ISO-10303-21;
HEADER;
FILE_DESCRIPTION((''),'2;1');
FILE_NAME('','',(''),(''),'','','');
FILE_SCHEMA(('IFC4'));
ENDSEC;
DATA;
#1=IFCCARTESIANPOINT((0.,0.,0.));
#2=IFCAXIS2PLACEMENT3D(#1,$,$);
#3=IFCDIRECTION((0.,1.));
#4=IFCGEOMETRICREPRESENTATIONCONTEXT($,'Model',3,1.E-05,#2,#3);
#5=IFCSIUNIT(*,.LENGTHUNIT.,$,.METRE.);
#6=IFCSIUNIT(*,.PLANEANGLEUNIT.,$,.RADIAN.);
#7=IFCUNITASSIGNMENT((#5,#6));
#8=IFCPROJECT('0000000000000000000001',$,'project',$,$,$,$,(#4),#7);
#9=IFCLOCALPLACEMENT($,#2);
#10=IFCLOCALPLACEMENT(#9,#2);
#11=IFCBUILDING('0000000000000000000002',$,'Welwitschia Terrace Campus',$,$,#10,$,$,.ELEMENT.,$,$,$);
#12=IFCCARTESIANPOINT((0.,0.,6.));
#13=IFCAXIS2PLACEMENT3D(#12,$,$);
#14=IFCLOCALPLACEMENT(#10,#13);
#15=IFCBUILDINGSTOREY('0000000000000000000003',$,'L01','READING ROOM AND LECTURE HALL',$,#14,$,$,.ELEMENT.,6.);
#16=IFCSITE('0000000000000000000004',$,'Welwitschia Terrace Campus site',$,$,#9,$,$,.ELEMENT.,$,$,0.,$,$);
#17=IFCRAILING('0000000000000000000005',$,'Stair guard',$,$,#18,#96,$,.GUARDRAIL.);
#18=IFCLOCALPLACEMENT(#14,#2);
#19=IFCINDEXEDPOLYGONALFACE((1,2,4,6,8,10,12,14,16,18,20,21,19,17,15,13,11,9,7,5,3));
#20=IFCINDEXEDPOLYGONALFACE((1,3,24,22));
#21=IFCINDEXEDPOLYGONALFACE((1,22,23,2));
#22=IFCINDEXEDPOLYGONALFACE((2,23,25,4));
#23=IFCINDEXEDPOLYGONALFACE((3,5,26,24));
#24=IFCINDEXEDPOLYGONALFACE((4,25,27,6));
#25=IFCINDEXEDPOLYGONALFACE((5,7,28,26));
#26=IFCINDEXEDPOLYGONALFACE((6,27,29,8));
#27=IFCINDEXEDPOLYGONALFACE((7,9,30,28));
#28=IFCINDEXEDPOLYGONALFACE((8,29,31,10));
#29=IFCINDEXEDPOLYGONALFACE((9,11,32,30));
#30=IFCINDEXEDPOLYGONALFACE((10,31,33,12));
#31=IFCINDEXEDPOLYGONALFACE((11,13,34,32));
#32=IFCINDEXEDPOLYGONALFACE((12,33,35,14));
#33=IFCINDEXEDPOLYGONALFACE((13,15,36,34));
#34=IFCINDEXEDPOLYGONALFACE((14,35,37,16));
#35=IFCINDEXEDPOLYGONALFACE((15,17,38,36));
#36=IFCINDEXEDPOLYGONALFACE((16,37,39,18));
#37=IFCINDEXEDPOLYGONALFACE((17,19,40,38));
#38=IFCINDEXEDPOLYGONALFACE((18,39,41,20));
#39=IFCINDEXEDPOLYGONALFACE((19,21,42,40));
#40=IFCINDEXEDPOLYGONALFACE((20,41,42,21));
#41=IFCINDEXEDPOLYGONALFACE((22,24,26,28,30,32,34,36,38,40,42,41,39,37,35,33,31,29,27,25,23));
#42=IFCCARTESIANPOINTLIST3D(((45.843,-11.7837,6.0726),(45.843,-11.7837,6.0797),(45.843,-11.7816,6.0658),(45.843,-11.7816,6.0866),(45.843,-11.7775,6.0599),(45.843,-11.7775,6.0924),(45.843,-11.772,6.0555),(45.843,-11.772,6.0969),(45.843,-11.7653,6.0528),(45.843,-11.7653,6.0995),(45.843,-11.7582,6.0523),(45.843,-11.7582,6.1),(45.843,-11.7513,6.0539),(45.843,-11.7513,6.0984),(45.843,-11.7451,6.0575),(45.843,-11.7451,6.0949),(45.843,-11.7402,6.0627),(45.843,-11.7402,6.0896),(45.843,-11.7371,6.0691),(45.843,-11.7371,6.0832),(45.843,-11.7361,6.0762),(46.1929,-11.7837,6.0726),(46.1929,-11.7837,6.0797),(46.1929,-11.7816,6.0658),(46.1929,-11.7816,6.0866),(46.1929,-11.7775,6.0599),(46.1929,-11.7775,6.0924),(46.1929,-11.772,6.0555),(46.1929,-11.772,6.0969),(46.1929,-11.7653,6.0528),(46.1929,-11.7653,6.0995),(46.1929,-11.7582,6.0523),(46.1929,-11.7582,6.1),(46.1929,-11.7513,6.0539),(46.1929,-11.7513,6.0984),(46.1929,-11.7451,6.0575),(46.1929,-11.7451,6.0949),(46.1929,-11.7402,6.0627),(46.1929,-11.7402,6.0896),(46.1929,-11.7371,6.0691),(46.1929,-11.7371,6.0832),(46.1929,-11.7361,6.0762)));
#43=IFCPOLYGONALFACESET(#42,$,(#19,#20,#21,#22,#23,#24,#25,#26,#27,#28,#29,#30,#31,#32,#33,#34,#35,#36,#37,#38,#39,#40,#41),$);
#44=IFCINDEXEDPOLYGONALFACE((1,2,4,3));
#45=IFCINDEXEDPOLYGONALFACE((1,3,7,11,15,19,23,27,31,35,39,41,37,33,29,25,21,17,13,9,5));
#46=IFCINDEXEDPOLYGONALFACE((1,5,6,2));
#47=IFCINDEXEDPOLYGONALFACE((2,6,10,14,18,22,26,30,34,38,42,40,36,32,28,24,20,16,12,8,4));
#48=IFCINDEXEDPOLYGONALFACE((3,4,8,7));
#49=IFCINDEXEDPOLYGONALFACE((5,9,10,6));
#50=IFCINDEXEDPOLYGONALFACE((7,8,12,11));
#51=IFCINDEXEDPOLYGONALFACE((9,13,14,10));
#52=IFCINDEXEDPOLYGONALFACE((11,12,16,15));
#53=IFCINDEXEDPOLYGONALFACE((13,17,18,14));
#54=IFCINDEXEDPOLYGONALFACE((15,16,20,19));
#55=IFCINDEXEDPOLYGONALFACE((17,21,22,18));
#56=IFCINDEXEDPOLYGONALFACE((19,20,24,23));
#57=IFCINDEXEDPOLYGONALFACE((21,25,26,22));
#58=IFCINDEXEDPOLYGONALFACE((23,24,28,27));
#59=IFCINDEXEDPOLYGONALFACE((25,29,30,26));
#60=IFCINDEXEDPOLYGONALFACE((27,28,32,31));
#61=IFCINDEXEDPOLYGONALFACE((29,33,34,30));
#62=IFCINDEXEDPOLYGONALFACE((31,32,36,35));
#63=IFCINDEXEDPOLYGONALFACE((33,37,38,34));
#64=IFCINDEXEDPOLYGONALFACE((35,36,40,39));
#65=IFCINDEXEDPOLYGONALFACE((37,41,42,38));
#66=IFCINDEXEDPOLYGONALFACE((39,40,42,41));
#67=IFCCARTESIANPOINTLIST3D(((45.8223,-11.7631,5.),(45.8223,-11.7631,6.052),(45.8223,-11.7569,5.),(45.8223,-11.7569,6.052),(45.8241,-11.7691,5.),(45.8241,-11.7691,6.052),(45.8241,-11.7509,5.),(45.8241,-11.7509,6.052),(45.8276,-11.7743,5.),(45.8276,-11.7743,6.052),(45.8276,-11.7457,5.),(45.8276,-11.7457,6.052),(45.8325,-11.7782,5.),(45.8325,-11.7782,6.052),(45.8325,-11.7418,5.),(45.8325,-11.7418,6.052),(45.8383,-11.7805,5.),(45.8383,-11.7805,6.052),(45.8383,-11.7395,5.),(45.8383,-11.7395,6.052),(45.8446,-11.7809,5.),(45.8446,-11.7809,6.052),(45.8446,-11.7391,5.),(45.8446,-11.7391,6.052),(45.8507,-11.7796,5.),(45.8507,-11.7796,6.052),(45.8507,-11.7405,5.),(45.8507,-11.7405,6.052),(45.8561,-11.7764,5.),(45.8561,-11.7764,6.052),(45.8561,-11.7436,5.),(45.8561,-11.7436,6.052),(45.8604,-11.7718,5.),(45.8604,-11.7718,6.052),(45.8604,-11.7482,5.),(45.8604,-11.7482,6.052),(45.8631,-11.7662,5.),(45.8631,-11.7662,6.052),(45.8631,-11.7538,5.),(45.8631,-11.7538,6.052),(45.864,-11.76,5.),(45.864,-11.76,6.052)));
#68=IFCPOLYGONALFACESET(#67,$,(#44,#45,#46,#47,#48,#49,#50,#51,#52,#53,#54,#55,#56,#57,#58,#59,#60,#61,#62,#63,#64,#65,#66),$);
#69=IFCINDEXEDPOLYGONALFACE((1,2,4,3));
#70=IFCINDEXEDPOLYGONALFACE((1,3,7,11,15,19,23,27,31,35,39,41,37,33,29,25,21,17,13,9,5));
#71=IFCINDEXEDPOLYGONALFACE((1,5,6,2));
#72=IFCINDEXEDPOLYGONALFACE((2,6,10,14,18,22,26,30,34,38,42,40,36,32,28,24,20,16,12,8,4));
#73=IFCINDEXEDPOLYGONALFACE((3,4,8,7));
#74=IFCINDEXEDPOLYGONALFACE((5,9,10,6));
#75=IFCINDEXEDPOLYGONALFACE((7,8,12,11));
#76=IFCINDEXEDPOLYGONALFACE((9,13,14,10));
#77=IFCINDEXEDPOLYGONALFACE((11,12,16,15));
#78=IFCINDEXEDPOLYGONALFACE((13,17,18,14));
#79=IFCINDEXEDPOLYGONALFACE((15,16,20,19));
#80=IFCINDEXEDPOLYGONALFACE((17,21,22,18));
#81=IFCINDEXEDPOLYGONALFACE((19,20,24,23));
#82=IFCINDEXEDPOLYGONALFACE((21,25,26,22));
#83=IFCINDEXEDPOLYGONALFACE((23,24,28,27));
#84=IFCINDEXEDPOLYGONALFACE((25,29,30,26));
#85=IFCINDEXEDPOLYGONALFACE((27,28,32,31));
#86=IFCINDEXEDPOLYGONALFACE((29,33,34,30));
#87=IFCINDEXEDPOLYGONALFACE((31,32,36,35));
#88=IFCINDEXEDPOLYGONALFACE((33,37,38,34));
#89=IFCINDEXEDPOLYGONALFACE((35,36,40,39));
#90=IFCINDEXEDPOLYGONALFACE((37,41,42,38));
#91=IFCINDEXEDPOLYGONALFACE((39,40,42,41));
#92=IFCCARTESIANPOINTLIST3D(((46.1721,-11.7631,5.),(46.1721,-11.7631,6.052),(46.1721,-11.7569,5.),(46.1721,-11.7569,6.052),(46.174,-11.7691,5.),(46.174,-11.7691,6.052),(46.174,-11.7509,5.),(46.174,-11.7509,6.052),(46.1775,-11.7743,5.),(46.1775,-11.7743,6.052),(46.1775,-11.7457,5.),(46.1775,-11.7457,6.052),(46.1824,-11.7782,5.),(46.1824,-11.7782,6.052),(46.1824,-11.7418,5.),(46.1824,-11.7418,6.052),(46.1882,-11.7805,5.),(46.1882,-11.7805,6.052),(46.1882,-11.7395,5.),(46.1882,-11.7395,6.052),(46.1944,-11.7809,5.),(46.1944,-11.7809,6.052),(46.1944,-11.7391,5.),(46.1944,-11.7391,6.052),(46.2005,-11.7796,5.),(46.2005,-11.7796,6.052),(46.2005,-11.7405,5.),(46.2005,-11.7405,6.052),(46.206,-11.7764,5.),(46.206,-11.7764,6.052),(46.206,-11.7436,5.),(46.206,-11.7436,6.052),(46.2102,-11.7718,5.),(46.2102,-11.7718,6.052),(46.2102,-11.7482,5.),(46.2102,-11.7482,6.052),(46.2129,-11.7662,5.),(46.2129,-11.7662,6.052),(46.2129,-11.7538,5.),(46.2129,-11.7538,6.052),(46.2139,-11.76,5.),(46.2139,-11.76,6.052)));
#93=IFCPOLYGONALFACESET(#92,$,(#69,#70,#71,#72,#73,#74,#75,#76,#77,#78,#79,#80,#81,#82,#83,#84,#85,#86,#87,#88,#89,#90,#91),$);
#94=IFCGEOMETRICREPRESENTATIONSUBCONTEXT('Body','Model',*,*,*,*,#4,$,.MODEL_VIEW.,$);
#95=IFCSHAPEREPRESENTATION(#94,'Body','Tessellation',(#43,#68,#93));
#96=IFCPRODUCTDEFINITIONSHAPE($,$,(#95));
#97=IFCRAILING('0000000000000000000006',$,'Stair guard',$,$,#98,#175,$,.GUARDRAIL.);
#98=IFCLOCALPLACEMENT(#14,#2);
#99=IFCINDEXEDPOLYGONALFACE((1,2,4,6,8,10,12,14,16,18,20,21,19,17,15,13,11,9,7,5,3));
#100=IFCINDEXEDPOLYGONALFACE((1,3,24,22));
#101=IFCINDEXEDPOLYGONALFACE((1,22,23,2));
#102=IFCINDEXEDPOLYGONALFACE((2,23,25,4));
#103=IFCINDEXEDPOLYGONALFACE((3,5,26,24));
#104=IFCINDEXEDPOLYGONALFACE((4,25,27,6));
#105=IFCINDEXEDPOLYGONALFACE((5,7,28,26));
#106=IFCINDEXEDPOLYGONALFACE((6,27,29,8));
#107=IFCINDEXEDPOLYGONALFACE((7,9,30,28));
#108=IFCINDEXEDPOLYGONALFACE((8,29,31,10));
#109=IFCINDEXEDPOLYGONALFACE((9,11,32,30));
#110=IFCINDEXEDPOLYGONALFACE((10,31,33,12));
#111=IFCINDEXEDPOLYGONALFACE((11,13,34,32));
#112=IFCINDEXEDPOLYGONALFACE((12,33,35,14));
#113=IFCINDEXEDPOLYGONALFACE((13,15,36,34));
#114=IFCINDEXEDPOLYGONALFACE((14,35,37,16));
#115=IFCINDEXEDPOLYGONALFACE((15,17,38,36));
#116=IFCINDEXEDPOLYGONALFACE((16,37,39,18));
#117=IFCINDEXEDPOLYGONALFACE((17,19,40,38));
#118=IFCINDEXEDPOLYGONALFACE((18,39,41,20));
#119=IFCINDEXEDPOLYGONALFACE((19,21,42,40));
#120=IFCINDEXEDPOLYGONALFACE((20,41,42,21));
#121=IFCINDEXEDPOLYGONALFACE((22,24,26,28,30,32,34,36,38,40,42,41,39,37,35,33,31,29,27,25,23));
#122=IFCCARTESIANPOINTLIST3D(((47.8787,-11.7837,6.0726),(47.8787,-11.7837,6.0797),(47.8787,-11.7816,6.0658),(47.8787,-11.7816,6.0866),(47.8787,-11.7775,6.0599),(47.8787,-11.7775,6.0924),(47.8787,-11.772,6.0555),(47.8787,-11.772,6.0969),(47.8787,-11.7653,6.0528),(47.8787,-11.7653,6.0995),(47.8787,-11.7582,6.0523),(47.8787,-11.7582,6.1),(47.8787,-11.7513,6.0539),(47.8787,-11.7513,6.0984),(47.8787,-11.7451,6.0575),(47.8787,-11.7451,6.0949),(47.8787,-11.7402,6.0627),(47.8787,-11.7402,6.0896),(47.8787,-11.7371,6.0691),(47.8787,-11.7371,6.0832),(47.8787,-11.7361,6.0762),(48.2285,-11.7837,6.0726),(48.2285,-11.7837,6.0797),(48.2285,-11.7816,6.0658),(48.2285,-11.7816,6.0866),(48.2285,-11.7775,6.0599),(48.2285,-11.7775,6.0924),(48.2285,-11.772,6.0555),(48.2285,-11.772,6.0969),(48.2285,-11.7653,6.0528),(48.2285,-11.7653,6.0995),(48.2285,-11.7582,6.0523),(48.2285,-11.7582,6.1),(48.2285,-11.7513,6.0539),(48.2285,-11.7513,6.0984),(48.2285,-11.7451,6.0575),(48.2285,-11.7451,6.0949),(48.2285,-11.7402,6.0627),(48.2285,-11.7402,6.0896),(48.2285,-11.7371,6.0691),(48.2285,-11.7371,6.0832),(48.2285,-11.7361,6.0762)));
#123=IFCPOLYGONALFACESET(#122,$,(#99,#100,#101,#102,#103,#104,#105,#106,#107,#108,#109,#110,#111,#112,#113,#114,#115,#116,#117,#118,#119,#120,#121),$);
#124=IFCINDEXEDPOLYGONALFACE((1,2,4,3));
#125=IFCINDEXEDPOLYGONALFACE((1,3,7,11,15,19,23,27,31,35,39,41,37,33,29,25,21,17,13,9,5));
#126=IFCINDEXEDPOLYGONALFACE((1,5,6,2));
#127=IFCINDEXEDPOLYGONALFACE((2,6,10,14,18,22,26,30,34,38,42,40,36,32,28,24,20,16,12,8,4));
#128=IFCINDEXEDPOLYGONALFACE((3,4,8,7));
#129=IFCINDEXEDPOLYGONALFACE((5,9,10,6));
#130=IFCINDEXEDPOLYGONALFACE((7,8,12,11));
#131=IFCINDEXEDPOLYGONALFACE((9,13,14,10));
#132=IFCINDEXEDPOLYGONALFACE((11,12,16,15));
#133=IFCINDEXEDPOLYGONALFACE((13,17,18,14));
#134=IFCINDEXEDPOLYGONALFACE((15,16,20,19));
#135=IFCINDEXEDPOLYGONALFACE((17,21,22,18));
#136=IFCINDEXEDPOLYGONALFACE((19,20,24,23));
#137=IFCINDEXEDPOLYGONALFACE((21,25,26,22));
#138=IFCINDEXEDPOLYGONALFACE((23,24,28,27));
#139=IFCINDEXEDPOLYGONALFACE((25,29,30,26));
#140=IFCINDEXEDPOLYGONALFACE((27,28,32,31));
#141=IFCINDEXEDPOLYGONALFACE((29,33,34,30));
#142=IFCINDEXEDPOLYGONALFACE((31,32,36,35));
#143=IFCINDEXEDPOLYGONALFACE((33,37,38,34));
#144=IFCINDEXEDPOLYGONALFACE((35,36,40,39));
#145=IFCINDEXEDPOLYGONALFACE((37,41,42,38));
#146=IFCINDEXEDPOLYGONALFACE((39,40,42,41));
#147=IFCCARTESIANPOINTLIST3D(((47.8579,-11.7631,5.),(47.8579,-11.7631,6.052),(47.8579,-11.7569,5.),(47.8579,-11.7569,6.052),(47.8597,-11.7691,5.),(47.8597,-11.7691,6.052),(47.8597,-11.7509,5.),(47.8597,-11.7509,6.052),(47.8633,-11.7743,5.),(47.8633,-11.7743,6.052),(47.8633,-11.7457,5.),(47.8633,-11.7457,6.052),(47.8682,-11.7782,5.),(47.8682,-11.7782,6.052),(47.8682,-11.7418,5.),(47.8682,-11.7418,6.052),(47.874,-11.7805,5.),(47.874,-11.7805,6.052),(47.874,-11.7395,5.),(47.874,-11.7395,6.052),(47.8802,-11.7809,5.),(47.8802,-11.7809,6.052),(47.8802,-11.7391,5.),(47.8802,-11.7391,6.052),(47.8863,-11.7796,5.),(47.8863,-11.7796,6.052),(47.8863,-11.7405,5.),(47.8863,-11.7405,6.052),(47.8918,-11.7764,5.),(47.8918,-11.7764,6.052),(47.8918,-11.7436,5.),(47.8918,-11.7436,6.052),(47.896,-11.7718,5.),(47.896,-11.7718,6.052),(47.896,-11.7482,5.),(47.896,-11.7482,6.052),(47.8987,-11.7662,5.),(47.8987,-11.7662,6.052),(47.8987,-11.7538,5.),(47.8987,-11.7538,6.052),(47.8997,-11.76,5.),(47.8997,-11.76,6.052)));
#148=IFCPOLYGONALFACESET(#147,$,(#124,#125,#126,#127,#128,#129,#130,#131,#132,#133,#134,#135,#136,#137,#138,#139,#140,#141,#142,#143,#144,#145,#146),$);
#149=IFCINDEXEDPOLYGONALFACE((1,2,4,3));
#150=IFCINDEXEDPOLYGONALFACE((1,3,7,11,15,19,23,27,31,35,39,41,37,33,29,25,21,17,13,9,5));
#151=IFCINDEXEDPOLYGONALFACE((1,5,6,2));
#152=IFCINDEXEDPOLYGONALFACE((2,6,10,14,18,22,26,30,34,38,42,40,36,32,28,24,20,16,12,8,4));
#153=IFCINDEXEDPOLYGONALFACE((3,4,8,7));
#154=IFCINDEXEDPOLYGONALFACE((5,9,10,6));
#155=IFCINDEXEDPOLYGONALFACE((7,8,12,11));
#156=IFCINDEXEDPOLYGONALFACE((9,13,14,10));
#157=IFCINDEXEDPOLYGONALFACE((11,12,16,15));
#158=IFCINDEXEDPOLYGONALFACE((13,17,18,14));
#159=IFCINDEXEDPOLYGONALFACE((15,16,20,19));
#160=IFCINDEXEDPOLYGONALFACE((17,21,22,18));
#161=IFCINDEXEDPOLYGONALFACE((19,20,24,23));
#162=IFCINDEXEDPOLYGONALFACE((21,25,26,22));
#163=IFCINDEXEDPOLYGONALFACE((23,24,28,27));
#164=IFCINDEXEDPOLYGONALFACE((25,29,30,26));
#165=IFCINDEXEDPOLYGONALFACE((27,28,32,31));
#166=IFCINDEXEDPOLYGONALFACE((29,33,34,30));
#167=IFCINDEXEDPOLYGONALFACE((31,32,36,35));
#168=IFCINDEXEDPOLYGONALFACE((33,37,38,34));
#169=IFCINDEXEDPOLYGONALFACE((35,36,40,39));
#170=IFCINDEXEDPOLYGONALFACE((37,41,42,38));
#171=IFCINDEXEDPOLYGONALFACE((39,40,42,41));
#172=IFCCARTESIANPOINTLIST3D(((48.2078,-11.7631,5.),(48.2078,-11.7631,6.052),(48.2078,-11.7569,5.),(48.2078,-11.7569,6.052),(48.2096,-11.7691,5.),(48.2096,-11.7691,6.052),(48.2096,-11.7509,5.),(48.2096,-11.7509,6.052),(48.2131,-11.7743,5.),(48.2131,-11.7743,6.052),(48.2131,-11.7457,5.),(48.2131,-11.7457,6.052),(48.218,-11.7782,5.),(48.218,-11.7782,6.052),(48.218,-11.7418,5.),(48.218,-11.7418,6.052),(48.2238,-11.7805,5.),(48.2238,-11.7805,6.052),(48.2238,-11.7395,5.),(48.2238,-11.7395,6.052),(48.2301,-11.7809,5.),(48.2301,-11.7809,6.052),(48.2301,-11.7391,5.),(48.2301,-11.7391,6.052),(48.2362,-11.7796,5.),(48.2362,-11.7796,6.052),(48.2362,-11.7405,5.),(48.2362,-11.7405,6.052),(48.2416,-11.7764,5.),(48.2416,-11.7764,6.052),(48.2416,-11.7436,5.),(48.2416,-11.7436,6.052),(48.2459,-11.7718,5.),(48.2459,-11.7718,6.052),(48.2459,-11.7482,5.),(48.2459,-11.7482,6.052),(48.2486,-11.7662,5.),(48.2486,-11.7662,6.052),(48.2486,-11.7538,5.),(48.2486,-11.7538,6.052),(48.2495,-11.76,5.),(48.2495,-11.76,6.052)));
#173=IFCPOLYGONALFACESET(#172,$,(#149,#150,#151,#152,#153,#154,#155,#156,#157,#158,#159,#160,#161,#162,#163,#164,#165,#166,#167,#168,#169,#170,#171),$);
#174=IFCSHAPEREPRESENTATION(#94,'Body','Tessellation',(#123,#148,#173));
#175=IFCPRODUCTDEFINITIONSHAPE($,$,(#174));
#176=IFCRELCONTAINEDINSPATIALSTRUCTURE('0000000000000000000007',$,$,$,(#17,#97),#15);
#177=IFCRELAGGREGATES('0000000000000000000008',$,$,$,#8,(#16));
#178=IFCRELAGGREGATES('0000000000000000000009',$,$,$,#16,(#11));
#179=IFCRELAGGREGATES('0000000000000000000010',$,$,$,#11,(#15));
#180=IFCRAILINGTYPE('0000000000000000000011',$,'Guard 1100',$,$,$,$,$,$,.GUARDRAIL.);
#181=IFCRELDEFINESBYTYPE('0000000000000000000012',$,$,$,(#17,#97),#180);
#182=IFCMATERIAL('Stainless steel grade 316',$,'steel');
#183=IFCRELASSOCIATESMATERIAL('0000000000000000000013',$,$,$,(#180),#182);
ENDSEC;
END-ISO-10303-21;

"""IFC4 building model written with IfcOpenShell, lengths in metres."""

from ifc_helpers import new_model, si_unit, direction, frame, origin, origin_2d, place, context, subcontext, project, spatial, circle, extrude, material, type_object, element, save


model = new_model("IFC4")

# Units and contexts
model_context = context("Model", 3, precision=1e-05, world=origin(), true_north=direction((0.0, 1.0)))
body_context = subcontext(model_context, "Body", "Model", "MODEL_VIEW")
ifc_project = project(units=[si_unit("LENGTHUNIT", "METRE"), si_unit("PLANEANGLEUNIT", "RADIAN")], contexts=[model_context])

# Site, building, storey
site_placement = place(None, origin())
site = spatial("IfcSite", under=ifc_project, at=site_placement, Name="Welwitschia Terrace Campus site", CompositionType="ELEMENT", RefElevation=0.0)
building_placement = place(site_placement, origin())
building = spatial("IfcBuilding", under=site, at=building_placement, Name="Welwitschia Terrace Campus", CompositionType="ELEMENT")
storey_placement = place(building_placement, frame((0.0, 0.0, 6.0)))
storey = spatial("IfcBuildingStorey", under=building, at=storey_placement, Name="L01", Description="READING ROOM AND LECTURE HALL", CompositionType="ELEMENT", Elevation=6.0)

# Railings
ifc_material_1 = material(Name="Stainless steel grade 316", Category="steel")
railing_type_1 = type_object("IfcRailingType", Name="Guard 1100", PredefinedType="GUARDRAIL", material=ifc_material_1)
for number, where, name in (
    (1, (45.843, -11.76, 5.0), "Stair guard"),
    (2, (47.8787, -11.76, 5.0), "Stair guard"),
):
    element("IfcRailing", number, at=place(storey_placement, frame(where)), inside=storey, type_object=railing_type_1, Name=name, PredefinedType="GUARDRAIL", context=body_context, shape_type="SweptSolid", body=[
        extrude(circle(Radius=0.0239, at=origin_2d()), frame((0.0, 0.0, 1.0762), z_axis=(1.0, 0.0, 0.0), x_axis=(0.0, 1.0, 0.0)), (0.0, 0.0, 1.0), 0.3499),
        extrude(circle(Radius=0.021, at=origin_2d()), origin(), (0.0, 0.0, 1.0), 1.052),
        extrude(circle(Radius=0.021, at=origin_2d()), frame((0.3499, 0.0, 0.0)), (0.0, 0.0, 1.0), 1.052),
    ])

save(model, "model.ifc")
